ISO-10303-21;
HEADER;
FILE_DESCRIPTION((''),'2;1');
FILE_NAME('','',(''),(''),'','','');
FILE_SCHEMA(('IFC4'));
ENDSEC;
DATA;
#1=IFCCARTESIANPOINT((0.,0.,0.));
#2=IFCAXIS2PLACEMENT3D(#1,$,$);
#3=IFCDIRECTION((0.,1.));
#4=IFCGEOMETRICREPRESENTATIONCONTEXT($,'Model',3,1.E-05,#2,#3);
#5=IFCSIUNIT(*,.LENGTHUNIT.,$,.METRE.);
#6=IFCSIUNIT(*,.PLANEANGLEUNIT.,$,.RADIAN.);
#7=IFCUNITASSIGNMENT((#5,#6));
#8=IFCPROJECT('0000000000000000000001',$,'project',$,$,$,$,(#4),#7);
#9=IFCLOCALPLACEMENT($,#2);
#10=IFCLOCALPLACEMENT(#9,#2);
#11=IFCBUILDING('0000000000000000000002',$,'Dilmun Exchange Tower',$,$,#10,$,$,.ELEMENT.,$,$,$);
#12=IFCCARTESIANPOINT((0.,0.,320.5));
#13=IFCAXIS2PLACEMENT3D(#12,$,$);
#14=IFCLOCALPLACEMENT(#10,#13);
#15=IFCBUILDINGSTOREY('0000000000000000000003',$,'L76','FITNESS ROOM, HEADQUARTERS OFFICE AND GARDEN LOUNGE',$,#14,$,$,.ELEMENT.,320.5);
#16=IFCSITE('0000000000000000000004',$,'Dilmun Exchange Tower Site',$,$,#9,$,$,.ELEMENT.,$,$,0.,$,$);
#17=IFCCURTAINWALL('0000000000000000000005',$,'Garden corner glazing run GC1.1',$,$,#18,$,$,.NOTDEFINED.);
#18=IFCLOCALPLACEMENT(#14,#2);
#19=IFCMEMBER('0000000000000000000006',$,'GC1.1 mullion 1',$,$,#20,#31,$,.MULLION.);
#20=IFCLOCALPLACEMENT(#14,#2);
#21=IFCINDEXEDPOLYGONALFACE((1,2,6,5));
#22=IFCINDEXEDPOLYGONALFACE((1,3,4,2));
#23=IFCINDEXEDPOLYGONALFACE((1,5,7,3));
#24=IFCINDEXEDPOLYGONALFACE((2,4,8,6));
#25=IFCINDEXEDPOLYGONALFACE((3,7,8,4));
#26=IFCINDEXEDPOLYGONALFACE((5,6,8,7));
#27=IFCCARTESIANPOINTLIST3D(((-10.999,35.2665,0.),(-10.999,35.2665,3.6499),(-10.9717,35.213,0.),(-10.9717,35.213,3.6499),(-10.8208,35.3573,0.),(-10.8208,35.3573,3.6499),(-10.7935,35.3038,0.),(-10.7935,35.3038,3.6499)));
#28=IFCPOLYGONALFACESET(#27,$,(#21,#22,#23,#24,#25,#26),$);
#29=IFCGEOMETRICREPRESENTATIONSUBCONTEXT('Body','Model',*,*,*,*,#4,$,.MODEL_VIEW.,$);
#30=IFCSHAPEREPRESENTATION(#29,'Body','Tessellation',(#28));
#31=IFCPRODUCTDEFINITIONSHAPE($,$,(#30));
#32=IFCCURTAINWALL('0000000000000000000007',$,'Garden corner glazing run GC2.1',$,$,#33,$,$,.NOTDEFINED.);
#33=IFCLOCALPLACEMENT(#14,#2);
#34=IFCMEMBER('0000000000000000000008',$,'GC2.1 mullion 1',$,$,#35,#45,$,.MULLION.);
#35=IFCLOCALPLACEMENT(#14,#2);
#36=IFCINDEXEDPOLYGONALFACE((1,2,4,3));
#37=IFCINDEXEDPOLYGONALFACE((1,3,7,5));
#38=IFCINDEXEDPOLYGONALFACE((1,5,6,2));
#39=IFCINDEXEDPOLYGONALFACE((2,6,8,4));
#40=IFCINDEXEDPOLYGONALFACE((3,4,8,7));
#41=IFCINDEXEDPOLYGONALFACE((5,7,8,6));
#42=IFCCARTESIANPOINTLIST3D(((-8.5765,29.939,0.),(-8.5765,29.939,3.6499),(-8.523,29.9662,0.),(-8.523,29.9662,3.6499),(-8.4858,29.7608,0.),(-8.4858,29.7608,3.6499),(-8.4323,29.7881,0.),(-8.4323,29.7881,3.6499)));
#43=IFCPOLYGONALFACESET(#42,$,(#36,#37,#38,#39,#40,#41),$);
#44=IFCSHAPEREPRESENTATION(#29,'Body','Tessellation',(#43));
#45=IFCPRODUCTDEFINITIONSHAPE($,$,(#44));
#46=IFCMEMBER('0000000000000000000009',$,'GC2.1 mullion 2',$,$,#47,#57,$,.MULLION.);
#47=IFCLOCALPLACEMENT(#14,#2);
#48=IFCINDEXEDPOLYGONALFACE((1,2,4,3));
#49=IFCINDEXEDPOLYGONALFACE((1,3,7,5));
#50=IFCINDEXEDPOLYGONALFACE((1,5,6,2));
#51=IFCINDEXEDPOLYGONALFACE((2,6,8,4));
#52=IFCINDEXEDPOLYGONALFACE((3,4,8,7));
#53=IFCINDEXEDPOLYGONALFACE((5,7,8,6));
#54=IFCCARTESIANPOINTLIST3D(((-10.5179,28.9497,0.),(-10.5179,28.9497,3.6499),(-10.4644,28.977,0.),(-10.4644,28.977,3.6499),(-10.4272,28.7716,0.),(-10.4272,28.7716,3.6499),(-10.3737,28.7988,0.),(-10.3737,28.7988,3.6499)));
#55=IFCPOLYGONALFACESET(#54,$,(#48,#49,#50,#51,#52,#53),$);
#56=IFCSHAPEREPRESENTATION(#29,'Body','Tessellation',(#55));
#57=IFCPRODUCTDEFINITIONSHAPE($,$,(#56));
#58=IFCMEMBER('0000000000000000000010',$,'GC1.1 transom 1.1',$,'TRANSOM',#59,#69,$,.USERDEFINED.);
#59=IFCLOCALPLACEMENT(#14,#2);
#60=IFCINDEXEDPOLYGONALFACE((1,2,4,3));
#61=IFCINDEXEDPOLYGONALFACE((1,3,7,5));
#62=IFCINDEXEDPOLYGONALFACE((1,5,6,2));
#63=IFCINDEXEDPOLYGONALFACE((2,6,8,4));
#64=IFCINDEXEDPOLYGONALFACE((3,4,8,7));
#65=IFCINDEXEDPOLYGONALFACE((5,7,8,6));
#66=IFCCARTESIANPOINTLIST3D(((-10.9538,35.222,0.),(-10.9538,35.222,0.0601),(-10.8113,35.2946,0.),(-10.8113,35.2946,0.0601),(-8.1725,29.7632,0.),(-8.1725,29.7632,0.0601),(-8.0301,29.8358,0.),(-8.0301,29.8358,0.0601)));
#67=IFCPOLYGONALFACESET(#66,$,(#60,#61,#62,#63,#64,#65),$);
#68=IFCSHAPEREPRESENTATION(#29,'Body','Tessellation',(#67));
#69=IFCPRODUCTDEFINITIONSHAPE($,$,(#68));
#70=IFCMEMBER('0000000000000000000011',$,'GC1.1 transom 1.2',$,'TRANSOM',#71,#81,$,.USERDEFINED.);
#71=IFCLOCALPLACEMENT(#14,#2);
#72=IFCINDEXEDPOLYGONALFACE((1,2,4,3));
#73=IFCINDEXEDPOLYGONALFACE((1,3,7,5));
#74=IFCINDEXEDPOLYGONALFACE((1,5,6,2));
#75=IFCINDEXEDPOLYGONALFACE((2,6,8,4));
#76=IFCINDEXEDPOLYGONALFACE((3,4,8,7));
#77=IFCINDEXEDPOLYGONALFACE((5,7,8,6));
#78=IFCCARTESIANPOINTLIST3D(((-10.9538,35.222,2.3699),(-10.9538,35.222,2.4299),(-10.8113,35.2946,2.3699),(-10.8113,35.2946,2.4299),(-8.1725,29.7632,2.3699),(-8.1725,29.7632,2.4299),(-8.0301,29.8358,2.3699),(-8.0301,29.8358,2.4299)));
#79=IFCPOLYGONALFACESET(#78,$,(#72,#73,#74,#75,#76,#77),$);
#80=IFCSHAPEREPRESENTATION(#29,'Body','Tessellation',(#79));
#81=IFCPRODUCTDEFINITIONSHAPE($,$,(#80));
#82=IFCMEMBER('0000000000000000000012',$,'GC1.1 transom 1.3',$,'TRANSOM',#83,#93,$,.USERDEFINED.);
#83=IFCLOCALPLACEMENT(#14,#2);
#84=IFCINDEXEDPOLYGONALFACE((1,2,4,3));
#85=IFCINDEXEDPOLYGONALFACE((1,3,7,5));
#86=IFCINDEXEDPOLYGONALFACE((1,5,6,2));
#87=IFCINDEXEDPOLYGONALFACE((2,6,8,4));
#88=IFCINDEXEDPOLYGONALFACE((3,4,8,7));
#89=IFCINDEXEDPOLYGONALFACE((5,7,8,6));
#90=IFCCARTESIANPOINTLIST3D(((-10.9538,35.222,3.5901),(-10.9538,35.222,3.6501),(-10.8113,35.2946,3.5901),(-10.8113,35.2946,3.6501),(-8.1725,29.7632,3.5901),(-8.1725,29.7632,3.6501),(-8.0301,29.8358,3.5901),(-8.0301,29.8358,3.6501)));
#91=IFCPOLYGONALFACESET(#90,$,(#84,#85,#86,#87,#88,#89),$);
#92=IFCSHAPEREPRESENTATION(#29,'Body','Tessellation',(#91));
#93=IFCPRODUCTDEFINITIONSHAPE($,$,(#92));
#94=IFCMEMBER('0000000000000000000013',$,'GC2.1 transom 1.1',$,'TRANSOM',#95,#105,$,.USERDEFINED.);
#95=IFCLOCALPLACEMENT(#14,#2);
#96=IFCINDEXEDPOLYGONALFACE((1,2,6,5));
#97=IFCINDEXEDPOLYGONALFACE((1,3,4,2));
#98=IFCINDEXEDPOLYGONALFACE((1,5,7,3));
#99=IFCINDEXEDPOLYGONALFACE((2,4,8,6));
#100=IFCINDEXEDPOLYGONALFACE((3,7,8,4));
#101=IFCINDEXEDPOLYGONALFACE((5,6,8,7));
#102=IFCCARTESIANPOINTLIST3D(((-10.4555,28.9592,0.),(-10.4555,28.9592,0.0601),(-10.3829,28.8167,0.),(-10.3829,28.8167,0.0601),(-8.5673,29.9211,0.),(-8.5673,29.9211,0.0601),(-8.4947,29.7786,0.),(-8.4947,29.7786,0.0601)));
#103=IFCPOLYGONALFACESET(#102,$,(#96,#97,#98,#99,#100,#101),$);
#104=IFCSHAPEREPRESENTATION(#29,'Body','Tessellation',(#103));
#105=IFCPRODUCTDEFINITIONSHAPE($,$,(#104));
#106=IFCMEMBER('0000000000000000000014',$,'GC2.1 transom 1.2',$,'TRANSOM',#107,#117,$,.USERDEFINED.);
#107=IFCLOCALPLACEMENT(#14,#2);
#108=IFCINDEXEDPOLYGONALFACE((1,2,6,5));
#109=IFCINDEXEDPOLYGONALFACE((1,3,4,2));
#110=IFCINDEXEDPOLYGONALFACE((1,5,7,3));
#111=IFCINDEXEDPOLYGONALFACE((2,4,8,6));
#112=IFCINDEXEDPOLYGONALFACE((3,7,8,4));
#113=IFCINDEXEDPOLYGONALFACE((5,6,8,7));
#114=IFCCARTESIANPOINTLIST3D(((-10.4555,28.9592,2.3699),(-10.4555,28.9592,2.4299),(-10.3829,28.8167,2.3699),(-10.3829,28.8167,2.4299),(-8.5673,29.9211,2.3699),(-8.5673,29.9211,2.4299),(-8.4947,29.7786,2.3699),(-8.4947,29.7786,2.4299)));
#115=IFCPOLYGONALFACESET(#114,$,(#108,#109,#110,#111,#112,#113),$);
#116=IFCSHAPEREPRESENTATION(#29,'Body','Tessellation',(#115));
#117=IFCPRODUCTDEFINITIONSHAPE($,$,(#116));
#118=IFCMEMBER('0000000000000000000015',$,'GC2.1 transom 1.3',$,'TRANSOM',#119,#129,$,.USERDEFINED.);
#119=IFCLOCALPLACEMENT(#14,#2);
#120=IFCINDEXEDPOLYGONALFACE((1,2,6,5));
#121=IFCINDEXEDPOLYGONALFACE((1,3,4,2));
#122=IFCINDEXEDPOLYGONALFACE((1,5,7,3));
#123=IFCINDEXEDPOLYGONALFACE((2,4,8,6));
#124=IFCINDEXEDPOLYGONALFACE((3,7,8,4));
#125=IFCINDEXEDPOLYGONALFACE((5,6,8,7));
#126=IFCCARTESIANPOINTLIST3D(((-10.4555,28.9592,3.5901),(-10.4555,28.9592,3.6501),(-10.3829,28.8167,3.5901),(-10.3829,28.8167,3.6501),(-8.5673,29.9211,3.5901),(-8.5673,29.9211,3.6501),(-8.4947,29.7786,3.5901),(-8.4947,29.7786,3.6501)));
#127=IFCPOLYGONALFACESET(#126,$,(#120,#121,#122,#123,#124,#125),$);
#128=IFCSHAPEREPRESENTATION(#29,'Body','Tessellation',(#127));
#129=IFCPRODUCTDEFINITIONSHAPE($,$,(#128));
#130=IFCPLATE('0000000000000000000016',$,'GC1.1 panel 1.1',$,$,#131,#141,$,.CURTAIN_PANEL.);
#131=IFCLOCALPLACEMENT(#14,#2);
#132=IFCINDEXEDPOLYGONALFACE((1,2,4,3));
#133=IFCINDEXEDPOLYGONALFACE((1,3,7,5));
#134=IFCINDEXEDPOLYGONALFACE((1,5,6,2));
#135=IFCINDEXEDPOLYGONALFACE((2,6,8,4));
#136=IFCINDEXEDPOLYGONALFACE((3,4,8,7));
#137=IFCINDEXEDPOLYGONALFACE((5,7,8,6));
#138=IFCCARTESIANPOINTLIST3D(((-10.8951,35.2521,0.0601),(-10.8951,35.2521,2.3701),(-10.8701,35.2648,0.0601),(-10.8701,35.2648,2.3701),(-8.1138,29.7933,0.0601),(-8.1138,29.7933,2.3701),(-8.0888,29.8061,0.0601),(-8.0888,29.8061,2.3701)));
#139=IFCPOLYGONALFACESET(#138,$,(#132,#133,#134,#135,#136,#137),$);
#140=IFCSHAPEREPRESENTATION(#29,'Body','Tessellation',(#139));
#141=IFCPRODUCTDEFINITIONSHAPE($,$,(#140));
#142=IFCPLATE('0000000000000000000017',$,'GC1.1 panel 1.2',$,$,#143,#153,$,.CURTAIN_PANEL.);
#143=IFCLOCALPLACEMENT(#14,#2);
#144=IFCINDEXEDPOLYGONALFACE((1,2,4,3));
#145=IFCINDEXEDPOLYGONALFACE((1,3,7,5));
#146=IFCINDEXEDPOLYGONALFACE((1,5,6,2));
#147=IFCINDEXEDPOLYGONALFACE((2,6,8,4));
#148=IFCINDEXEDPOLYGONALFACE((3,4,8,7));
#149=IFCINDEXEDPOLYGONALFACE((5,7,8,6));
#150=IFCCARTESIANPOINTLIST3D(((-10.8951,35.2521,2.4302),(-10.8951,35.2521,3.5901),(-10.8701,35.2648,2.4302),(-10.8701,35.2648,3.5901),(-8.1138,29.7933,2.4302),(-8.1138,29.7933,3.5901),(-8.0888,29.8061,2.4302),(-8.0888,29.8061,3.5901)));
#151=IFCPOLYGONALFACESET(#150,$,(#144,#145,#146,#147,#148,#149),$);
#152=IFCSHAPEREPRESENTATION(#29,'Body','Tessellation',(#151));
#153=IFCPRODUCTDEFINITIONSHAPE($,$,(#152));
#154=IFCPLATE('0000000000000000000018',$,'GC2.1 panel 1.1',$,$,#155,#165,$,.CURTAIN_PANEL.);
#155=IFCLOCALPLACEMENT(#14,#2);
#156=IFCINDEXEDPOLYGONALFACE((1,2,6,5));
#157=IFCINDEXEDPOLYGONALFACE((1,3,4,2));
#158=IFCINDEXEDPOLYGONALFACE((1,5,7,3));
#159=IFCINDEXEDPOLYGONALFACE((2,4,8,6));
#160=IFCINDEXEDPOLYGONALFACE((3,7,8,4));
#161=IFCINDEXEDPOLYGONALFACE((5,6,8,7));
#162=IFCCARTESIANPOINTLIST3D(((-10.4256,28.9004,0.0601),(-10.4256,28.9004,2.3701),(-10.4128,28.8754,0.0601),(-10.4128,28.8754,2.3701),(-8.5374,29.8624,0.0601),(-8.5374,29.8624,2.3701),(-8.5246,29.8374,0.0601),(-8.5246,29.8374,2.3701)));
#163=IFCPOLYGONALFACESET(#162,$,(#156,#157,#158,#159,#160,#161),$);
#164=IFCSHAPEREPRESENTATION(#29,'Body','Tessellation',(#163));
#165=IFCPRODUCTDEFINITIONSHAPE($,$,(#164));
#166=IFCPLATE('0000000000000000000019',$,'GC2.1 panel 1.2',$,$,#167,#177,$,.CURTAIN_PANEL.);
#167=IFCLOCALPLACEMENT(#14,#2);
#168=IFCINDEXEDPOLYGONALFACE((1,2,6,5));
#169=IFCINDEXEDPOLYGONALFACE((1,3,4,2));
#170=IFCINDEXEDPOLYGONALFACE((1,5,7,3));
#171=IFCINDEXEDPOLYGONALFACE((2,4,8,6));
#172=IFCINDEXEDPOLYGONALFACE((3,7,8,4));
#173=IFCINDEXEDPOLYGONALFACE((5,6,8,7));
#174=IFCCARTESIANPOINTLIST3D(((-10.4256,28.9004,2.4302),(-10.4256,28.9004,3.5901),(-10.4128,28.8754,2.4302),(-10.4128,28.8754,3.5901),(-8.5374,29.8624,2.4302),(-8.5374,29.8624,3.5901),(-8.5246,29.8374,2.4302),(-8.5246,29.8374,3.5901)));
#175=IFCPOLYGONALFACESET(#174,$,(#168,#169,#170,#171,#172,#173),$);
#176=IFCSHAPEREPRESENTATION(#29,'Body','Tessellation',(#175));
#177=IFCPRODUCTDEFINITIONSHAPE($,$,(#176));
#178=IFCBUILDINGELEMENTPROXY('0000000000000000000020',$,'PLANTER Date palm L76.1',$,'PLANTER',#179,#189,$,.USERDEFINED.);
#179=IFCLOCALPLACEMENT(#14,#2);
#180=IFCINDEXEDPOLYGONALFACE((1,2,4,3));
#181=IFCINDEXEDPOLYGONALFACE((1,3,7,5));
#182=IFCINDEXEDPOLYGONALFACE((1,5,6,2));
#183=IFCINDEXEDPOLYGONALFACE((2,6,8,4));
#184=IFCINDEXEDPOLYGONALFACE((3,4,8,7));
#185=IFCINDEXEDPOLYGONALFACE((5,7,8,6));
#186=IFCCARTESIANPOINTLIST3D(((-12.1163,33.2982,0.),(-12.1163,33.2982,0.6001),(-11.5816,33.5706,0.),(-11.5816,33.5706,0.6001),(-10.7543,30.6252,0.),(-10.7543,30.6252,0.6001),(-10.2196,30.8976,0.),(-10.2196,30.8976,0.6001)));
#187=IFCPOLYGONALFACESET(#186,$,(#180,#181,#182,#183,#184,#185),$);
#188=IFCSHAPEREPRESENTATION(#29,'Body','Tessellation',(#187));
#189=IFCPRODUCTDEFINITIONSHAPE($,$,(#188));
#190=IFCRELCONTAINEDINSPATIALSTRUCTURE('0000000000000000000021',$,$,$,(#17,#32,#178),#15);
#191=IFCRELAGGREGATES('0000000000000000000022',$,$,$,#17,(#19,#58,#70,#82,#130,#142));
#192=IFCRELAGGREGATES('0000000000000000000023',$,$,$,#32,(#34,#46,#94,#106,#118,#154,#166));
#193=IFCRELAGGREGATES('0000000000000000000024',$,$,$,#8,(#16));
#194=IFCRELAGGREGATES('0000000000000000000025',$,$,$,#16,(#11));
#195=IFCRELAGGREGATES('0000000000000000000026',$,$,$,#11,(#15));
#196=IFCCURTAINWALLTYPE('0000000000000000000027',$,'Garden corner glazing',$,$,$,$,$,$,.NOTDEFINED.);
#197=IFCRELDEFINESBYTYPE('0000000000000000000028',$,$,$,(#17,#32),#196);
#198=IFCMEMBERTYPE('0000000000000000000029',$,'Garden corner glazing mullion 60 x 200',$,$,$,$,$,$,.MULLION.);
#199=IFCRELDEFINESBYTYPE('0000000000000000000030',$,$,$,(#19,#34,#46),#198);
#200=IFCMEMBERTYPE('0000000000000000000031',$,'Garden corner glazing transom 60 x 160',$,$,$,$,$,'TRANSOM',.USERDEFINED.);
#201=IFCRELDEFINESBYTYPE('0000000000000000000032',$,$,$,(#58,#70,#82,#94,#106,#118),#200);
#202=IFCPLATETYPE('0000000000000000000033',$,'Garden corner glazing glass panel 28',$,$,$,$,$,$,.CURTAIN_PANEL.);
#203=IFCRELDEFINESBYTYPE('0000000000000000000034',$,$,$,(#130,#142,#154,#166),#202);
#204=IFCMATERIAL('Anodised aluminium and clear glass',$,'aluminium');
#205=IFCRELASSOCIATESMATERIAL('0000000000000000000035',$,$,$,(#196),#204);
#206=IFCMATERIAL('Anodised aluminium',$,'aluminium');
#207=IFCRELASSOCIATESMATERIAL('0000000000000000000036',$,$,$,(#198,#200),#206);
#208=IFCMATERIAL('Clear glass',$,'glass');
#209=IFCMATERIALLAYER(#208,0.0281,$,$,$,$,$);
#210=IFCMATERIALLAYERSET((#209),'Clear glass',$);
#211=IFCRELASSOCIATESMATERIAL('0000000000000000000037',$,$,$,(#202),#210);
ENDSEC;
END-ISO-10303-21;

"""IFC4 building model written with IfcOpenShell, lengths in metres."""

from ifc_helpers import new_model, si_unit, direction, frame, origin, origin_2d, place, context, subcontext, project, spatial, rectangle, extrude, material, layer, layer_set, material_profile, profile_set, type_object, element, aggregate, save


model = new_model("IFC4")

# Units and contexts
model_context = context("Model", 3, precision=1e-05, world=origin(), true_north=direction((0.0, 1.0)))
body_context = subcontext(model_context, "Body", "Model", "MODEL_VIEW")
ifc_project = project(units=[si_unit("LENGTHUNIT", "METRE"), si_unit("PLANEANGLEUNIT", "RADIAN")], contexts=[model_context])

# Site, building, storey
site_placement = place(None, origin())
site = spatial("IfcSite", under=ifc_project, at=site_placement, Name="Dilmun Exchange Tower Site", CompositionType="ELEMENT", RefElevation=0.0)
building_placement = place(site_placement, origin())
building = spatial("IfcBuilding", under=site, at=building_placement, Name="Dilmun Exchange Tower", CompositionType="ELEMENT")
storey_placement = place(building_placement, frame((0.0, 0.0, 320.5)))
storey = spatial("IfcBuildingStorey", under=building, at=storey_placement, Name="L76", Description="FITNESS ROOM, HEADQUARTERS OFFICE AND GARDEN LOUNGE", CompositionType="ELEMENT", Elevation=320.5)

# Curtain wall, member
ifc_material_1 = material(Name="Anodised aluminium and clear glass", Category="aluminium")
curtain_wall_type = type_object("IfcCurtainWallType", Name="Garden corner glazing", PredefinedType="NOTDEFINED", material=ifc_material_1)
curtain_wall_1_placement = place(storey_placement, origin())
curtain_wall_1 = element("IfcCurtainWall", 1, at=curtain_wall_1_placement, inside=storey, type_object=curtain_wall_type, Name="Garden corner glazing run GC1.1", PredefinedType="NOTDEFINED")
ifc_material_2 = material(Name="Anodised aluminium", Category="aluminium")
ifc_material_profile_1 = material_profile(ifc_material_2, rectangle(XDim=0.2, YDim=0.0601, at=origin_2d()), Name="AL 60x200")
ifc_profile_set_1 = profile_set([ifc_material_profile_1], Name="Anodised aluminium")
member_type_1 = type_object("IfcMemberType", Name="Garden corner glazing mullion 60 x 200", PredefinedType="MULLION", material=ifc_profile_set_1)
member_1_placement = place(storey_placement, frame((-10.8962, 35.2852, 0.0), z_axis=(0.0, 0.0, 1.0), x_axis=(0.891011, 0.453982, 0.0)))
member_1 = element("IfcMember", 2, at=member_1_placement, type_object=member_type_1, Name="GC1.1 mullion 1", PredefinedType="MULLION", context=body_context, shape_type="SweptSolid", body=[
    extrude(rectangle(XDim=0.2, YDim=0.0601, at=origin_2d()), origin(), (0.0, 0.0, 1.0), 3.6499),
])

# Curtain wall, members
curtain_wall_2_placement = place(storey_placement, origin())
curtain_wall_2 = element("IfcCurtainWall", 3, at=curtain_wall_2_placement, inside=storey, type_object=curtain_wall_type, Name="Garden corner glazing run GC2.1", PredefinedType="NOTDEFINED")
member_2_placement = place(storey_placement, frame((-8.5044, 29.8635, 0.0), z_axis=(0.0, 0.0, 1.0), x_axis=(0.453989, -0.891007, 0.0)))
member_2 = element("IfcMember", 4, at=member_2_placement, type_object=member_type_1, Name="GC2.1 mullion 1", PredefinedType="MULLION", context=body_context, shape_type="SweptSolid", body=[
    extrude(rectangle(XDim=0.2, YDim=0.0601, at=origin_2d()), origin(), (0.0, 0.0, 1.0), 3.6499),
])
member_3_placement = place(storey_placement, frame((-10.4458, 28.8743, 0.0), z_axis=(0.0, 0.0, 1.0), x_axis=(0.453989, -0.891007, 0.0)))
member_3 = element("IfcMember", 5, at=member_3_placement, type_object=member_type_1, Name="GC2.1 mullion 2", PredefinedType="MULLION", context=body_context, shape_type="SweptSolid", body=[
    extrude(rectangle(XDim=0.2, YDim=0.0601, at=origin_2d()), origin(), (0.0, 0.0, 1.0), 3.6499),
])

# Members
ifc_material_profile_2 = material_profile(ifc_material_2, rectangle(XDim=0.1599, YDim=0.0601, at=origin_2d()), Name="AL 60x160")
ifc_profile_set_2 = profile_set([ifc_material_profile_2], Name="Anodised aluminium")
member_type_2 = type_object("IfcMemberType", Name="Garden corner glazing transom 60 x 160", ElementType="TRANSOM", PredefinedType="USERDEFINED", material=ifc_profile_set_2)
member_4_placement = place(storey_placement, frame((-10.8826, 35.2583, 0.03), z_axis=(0.453975, -0.891014, 0.0), x_axis=(0.891014, 0.453975, 0.0)))
member_4 = element("IfcMember", 6, at=member_4_placement, type_object=member_type_2, Name="GC1.1 transom 1.1", ObjectType="TRANSOM", PredefinedType="USERDEFINED", context=body_context, shape_type="SweptSolid", body=[
    extrude(rectangle(XDim=0.1599, YDim=0.0601, at=origin_2d()), origin(), (0.0, 0.0, 1.0), 6.1265),
])
member_5_placement = place(storey_placement, frame((-10.8826, 35.2583, 2.3999), z_axis=(0.453975, -0.891014, 0.0), x_axis=(0.891014, 0.453975, 0.0)))
member_5 = element("IfcMember", 7, at=member_5_placement, type_object=member_type_2, Name="GC1.1 transom 1.2", ObjectType="TRANSOM", PredefinedType="USERDEFINED", context=body_context, shape_type="SweptSolid", body=[
    extrude(rectangle(XDim=0.1599, YDim=0.0601, at=origin_2d()), origin(), (0.0, 0.0, 1.0), 6.1265),
])
member_6_placement = place(storey_placement, frame((-10.8826, 35.2583, 3.6201), z_axis=(0.453975, -0.891014, 0.0), x_axis=(0.891014, 0.453975, 0.0)))
member_6 = element("IfcMember", 8, at=member_6_placement, type_object=member_type_2, Name="GC1.1 transom 1.3", ObjectType="TRANSOM", PredefinedType="USERDEFINED", context=body_context, shape_type="SweptSolid", body=[
    extrude(rectangle(XDim=0.1599, YDim=0.0601, at=origin_2d()), origin(), (0.0, 0.0, 1.0), 6.1265),
])
member_7_placement = place(storey_placement, frame((-8.531, 29.8499, 0.03), z_axis=(-0.891038, -0.453929, 0.0), x_axis=(0.453929, -0.891038, 0.0)))
member_7 = element("IfcMember", 9, at=member_7_placement, type_object=member_type_2, Name="GC2.1 transom 1.1", ObjectType="TRANSOM", PredefinedType="USERDEFINED", context=body_context, shape_type="SweptSolid", body=[
    extrude(rectangle(XDim=0.1599, YDim=0.0601, at=origin_2d()), origin(), (0.0, 0.0, 1.0), 2.1191),
])
member_8_placement = place(storey_placement, frame((-8.531, 29.8499, 2.3999), z_axis=(-0.891038, -0.453929, 0.0), x_axis=(0.453929, -0.891038, 0.0)))
member_8 = element("IfcMember", 10, at=member_8_placement, type_object=member_type_2, Name="GC2.1 transom 1.2", ObjectType="TRANSOM", PredefinedType="USERDEFINED", context=body_context, shape_type="SweptSolid", body=[
    extrude(rectangle(XDim=0.1599, YDim=0.0601, at=origin_2d()), origin(), (0.0, 0.0, 1.0), 2.1191),
])
member_9_placement = place(storey_placement, frame((-8.531, 29.8499, 3.6201), z_axis=(-0.891038, -0.453929, 0.0), x_axis=(0.453929, -0.891038, 0.0)))
member_9 = element("IfcMember", 11, at=member_9_placement, type_object=member_type_2, Name="GC2.1 transom 1.3", ObjectType="TRANSOM", PredefinedType="USERDEFINED", context=body_context, shape_type="SweptSolid", body=[
    extrude(rectangle(XDim=0.1599, YDim=0.0601, at=origin_2d()), origin(), (0.0, 0.0, 1.0), 2.1191),
])

# Plates
ifc_material_3 = material(Name="Clear glass", Category="glass")
ifc_layer_1 = layer(ifc_material_3, 0.0281)
ifc_layer_set_1 = layer_set([ifc_layer_1], Name="Clear glass")
plate_type = type_object("IfcPlateType", Name="Garden corner glazing glass panel 28", PredefinedType="CURTAIN_PANEL", material=ifc_layer_set_1)
plate_1_placement = place(storey_placement, frame((-9.4919, 32.5291, 0.0601), z_axis=(0.0, 0.0, 1.0), x_axis=(0.453982, -0.891011, 0.0)))
plate_1 = element("IfcPlate", 12, at=plate_1_placement, type_object=plate_type, Name="GC1.1 panel 1.1", PredefinedType="CURTAIN_PANEL", context=body_context, shape_type="SweptSolid", body=[
    extrude(rectangle(XDim=6.1265, YDim=0.0281, at=origin_2d()), origin(), (0.0, 0.0, 1.0), 2.3101),
])
plate_2_placement = place(storey_placement, frame((-9.4919, 32.5291, 2.4302), z_axis=(0.0, 0.0, 1.0), x_axis=(0.453982, -0.891011, 0.0)))
plate_2 = element("IfcPlate", 13, at=plate_2_placement, type_object=plate_type, Name="GC1.1 panel 1.2", PredefinedType="CURTAIN_PANEL", context=body_context, shape_type="SweptSolid", body=[
    extrude(rectangle(XDim=6.1265, YDim=0.0281, at=origin_2d()), origin(), (0.0, 0.0, 1.0), 1.1599),
])
aggregate(curtain_wall_1, [member_1, member_4, member_5, member_6, plate_1, plate_2])
plate_3_placement = place(storey_placement, frame((-9.4751, 29.3689, 0.0601), z_axis=(0.0, 0.0, 1.0), x_axis=(-0.891007, -0.453989, 0.0)))
plate_3 = element("IfcPlate", 14, at=plate_3_placement, type_object=plate_type, Name="GC2.1 panel 1.1", PredefinedType="CURTAIN_PANEL", context=body_context, shape_type="SweptSolid", body=[
    extrude(rectangle(XDim=2.1191, YDim=0.0281, at=origin_2d()), origin(), (0.0, 0.0, 1.0), 2.3101),
])
plate_4_placement = place(storey_placement, frame((-9.4751, 29.3689, 2.4302), z_axis=(0.0, 0.0, 1.0), x_axis=(-0.891007, -0.453989, 0.0)))
plate_4 = element("IfcPlate", 15, at=plate_4_placement, type_object=plate_type, Name="GC2.1 panel 1.2", PredefinedType="CURTAIN_PANEL", context=body_context, shape_type="SweptSolid", body=[
    extrude(rectangle(XDim=2.1191, YDim=0.0281, at=origin_2d()), origin(), (0.0, 0.0, 1.0), 1.1599),
])
aggregate(curtain_wall_2, [member_2, member_3, member_7, member_8, member_9, plate_3, plate_4])

# Building element proxy
proxy_placement = place(storey_placement, frame((-11.168, 32.0979, 0.0), z_axis=(0.0, 0.0, 1.0), x_axis=(-0.45399, 0.891007, 0.0)))
element("IfcBuildingElementProxy", 16, at=proxy_placement, inside=storey, Name="PLANTER Date palm L76.1", ObjectType="PLANTER", PredefinedType="USERDEFINED", context=body_context, shape_type="SweptSolid", body=[
    extrude(rectangle(XDim=3.0, YDim=0.6001, at=origin_2d()), origin(), (0.0, 0.0, 1.0), 0.6001),
])

save(model, "model.ifc")
